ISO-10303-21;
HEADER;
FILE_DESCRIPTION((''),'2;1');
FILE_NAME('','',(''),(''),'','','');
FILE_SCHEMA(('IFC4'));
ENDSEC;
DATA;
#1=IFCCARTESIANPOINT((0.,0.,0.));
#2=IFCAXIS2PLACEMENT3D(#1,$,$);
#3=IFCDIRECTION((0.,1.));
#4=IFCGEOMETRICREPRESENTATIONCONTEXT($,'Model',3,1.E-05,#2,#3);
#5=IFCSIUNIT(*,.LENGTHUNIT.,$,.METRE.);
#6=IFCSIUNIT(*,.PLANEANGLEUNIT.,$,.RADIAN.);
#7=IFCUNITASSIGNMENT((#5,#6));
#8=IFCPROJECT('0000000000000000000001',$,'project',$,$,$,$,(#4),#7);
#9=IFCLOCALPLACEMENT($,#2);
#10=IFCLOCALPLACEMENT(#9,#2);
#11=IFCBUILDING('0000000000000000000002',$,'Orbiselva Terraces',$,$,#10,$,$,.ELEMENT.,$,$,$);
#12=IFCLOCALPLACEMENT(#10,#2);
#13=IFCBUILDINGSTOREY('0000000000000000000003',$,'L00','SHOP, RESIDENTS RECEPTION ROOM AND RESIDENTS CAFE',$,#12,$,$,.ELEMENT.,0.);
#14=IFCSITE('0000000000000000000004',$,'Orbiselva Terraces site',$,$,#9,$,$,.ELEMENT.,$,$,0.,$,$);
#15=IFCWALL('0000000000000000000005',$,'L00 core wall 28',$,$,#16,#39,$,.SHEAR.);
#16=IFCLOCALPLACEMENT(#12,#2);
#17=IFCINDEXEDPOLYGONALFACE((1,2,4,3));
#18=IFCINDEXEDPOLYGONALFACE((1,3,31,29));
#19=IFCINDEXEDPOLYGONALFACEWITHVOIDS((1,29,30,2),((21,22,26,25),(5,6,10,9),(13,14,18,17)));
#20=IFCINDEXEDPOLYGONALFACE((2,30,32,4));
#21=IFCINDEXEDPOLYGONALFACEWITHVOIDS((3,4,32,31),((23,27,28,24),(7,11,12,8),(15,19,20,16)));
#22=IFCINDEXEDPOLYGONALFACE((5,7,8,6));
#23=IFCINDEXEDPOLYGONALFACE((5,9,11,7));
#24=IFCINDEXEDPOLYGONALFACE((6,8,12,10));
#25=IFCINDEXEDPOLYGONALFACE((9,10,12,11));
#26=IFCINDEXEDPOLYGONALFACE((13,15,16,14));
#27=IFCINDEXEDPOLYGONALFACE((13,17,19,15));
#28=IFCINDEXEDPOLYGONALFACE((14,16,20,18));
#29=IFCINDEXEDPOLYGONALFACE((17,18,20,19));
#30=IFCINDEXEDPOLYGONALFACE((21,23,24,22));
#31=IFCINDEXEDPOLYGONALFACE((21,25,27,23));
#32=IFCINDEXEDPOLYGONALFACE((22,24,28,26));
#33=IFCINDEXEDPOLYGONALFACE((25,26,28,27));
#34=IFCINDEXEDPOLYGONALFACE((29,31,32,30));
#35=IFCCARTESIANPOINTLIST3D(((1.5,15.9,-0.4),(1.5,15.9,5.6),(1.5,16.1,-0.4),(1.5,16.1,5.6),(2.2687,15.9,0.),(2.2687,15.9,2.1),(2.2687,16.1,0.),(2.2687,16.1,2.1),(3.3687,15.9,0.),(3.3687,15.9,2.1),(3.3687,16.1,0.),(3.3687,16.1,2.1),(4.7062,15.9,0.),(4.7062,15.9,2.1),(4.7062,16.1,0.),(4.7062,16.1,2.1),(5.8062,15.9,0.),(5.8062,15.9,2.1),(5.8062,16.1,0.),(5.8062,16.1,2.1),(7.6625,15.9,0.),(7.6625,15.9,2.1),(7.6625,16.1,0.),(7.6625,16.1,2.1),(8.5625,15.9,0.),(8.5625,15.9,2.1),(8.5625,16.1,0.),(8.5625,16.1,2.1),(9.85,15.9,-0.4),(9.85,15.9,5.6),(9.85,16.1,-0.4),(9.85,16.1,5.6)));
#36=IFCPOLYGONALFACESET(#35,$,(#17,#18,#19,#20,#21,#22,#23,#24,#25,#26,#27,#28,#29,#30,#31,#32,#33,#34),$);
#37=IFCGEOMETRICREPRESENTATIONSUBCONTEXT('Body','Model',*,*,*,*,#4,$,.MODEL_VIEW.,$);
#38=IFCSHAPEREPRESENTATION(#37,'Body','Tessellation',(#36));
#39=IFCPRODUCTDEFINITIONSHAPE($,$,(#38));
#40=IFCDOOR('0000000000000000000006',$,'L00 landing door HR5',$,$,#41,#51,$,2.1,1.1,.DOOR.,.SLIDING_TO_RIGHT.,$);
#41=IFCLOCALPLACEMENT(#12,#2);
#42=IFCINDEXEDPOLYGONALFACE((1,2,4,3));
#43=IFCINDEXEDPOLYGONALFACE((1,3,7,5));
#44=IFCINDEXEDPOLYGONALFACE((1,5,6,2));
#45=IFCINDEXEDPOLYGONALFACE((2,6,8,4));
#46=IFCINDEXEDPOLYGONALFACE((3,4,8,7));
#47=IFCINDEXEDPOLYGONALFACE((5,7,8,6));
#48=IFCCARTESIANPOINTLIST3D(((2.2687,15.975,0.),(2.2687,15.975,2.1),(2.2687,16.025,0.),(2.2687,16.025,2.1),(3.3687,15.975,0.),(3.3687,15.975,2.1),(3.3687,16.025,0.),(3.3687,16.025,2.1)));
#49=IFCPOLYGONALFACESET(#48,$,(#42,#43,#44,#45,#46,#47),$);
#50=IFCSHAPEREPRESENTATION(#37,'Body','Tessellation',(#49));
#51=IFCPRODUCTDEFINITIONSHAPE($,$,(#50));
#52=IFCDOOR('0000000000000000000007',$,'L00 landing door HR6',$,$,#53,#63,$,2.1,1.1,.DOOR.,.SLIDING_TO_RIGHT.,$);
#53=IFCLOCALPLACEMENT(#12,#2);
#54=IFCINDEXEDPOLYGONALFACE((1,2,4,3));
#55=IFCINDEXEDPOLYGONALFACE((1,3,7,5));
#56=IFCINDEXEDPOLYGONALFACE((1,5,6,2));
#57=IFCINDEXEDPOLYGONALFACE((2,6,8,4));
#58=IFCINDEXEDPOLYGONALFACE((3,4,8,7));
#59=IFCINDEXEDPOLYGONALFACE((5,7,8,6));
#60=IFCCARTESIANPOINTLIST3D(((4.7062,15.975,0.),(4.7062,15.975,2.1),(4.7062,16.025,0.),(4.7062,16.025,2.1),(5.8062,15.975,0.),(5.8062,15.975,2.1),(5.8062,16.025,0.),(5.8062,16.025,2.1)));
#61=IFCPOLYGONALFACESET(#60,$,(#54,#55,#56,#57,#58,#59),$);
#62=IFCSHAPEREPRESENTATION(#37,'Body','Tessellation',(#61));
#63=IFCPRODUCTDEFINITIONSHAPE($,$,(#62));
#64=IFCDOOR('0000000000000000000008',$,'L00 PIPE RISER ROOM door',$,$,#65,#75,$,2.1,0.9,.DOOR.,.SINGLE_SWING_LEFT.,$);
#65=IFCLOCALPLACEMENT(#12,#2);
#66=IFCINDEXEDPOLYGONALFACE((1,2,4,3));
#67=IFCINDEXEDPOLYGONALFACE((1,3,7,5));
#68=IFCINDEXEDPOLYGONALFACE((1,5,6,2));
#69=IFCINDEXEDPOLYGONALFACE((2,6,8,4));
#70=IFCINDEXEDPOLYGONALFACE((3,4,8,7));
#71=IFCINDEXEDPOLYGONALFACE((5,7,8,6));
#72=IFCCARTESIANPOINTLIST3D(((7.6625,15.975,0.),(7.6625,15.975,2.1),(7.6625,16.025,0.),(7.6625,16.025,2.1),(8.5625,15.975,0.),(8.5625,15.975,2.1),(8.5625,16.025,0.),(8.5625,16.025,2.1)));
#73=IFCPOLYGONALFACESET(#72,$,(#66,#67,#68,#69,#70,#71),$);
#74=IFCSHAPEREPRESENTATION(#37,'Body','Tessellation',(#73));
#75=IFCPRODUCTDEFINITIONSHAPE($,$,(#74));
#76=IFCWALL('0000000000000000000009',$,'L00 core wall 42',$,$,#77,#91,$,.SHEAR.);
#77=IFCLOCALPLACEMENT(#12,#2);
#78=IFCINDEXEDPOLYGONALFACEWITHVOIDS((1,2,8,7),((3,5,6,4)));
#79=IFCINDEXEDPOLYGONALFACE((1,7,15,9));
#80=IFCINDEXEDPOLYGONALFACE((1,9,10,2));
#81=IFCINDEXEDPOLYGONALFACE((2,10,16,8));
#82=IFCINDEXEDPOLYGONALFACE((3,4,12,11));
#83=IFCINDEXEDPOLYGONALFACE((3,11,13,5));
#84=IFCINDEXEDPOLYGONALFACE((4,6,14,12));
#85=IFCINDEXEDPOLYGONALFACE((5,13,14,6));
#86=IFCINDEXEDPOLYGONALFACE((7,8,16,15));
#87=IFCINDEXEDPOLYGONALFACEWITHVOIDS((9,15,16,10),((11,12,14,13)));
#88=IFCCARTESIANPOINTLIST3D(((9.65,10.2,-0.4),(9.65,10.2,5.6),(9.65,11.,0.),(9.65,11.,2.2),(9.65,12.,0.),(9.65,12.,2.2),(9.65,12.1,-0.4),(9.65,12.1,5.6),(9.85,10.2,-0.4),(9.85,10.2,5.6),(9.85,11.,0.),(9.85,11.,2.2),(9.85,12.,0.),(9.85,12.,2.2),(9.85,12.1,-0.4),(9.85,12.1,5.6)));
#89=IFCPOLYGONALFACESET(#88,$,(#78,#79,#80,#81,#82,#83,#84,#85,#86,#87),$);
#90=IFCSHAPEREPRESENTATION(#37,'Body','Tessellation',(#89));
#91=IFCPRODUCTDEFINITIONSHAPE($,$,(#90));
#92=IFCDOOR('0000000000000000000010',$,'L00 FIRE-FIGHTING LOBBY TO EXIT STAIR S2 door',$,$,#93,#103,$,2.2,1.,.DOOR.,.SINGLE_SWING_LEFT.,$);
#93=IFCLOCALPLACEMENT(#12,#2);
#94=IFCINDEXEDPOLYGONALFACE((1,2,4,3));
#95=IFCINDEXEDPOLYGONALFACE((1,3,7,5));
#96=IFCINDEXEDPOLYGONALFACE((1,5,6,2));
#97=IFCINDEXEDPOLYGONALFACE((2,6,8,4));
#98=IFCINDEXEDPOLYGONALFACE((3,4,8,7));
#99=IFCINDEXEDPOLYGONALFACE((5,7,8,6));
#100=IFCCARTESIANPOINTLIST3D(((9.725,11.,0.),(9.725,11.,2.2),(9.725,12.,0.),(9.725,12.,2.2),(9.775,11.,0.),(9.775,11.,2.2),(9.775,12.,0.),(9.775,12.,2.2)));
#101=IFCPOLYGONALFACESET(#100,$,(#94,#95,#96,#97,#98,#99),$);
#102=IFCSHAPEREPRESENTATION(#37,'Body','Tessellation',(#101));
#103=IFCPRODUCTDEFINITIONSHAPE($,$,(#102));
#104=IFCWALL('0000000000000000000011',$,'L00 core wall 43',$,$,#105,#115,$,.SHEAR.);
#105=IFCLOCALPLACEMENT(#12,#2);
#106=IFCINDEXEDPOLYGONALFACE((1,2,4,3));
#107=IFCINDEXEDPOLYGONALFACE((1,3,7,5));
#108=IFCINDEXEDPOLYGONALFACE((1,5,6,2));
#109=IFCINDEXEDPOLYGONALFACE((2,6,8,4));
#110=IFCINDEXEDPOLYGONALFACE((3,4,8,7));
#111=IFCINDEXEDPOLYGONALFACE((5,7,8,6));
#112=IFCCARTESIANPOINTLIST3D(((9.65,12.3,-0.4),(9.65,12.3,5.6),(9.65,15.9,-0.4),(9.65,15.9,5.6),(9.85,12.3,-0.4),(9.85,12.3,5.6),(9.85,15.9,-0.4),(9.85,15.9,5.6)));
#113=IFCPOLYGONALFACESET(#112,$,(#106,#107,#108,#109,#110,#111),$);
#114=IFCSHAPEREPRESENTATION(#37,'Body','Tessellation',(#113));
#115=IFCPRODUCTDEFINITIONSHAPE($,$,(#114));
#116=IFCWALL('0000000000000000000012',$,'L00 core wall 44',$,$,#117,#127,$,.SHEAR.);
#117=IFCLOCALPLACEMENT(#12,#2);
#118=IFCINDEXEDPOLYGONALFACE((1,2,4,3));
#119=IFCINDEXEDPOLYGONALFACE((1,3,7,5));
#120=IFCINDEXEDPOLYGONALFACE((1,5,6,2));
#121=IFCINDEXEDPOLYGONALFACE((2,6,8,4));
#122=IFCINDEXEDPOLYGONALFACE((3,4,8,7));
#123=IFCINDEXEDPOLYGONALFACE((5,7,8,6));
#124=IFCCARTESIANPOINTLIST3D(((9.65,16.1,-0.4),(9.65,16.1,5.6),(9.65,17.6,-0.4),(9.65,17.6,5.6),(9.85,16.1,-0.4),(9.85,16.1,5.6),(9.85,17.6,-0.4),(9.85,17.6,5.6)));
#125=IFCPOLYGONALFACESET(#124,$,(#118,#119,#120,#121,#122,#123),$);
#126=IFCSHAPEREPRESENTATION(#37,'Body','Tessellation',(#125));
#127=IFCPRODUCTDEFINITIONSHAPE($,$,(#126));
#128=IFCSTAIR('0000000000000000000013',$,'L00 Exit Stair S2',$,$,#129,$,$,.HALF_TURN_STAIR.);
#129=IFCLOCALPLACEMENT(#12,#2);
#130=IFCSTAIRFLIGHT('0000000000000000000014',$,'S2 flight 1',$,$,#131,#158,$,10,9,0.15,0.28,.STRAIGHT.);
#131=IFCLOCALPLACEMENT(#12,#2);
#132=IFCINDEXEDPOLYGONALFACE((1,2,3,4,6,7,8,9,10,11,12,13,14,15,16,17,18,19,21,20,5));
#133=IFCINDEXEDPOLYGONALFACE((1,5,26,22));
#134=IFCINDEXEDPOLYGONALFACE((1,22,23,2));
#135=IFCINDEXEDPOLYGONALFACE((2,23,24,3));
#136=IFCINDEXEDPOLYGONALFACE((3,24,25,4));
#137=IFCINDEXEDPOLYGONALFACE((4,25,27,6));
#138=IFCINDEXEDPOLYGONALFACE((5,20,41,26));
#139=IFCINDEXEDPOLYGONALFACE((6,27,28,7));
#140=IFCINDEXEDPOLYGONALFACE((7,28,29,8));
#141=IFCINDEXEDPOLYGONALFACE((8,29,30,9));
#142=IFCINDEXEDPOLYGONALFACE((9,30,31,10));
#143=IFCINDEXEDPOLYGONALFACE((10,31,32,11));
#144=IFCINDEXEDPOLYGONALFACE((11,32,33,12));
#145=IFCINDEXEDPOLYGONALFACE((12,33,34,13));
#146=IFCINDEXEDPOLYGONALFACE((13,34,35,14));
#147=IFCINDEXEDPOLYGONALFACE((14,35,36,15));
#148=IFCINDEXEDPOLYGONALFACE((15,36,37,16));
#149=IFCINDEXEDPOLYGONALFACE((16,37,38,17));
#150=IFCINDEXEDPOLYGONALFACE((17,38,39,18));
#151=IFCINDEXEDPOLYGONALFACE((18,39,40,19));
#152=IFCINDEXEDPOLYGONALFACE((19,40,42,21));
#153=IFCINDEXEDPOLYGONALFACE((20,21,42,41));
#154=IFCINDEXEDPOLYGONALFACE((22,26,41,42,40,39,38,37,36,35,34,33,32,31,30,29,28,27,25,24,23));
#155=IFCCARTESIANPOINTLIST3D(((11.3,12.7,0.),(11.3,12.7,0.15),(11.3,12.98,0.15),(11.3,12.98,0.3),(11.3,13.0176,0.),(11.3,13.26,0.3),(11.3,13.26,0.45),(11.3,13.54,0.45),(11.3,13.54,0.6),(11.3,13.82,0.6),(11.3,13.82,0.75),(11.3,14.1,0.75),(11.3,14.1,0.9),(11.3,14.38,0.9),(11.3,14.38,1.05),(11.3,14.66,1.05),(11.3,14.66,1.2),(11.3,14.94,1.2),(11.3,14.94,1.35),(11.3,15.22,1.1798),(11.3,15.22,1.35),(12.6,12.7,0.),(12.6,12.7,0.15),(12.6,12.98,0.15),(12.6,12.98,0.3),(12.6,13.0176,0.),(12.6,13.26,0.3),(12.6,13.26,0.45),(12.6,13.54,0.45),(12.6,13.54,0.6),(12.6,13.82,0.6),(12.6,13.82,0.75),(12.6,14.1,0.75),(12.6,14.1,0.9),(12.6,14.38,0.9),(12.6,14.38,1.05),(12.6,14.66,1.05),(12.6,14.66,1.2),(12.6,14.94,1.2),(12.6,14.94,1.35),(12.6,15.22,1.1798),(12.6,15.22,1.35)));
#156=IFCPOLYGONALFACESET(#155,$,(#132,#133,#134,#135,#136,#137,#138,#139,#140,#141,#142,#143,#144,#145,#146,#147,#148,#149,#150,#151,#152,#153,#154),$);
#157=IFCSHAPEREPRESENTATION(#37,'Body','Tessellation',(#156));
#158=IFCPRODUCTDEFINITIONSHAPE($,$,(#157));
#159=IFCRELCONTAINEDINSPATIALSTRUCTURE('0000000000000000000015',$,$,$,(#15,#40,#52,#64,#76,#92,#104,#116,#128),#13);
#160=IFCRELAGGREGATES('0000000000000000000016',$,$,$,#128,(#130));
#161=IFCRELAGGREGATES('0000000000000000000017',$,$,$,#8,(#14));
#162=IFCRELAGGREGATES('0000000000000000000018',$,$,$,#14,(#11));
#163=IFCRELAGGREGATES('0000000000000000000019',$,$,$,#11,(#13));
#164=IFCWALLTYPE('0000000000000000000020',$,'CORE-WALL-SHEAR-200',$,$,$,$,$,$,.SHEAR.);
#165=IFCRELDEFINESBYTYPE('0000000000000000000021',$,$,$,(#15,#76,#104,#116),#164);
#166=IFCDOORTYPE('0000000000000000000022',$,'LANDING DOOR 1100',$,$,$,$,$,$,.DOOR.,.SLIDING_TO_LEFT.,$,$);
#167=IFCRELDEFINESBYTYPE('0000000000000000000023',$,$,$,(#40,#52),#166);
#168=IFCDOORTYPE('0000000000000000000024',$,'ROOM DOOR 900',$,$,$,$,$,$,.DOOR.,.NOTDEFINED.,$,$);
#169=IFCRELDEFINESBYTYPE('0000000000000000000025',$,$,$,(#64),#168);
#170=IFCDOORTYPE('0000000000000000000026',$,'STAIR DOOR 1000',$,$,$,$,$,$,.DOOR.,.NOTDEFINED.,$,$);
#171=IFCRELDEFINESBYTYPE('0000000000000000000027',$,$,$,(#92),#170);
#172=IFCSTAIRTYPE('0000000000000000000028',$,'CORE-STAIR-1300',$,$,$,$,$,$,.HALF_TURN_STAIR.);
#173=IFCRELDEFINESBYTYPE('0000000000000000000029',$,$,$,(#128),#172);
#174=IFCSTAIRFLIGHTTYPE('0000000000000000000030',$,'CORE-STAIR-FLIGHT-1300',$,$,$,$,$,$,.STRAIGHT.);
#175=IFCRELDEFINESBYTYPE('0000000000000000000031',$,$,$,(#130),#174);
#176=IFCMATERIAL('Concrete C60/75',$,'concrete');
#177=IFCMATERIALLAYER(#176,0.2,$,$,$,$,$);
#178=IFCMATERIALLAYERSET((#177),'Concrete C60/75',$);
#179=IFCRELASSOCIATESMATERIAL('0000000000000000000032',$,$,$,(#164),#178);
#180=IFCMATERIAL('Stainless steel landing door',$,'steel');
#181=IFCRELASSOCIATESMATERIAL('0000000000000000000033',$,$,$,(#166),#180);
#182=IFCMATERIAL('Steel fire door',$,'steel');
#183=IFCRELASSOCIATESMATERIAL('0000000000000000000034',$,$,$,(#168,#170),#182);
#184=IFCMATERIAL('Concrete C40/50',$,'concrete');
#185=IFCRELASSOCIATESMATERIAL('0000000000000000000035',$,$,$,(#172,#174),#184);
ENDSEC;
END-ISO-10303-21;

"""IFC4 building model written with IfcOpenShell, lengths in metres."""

from ifc_helpers import new_model, si_unit, direction, frame, frame_2d, origin, place, context, subcontext, project, spatial, polyline, rectangle, outline, extrude, material, layer, layer_set, type_object, element, fill, aggregate, save


model = new_model("IFC4")

# Units and contexts
model_context = context("Model", 3, precision=1e-05, world=origin(), true_north=direction((0.0, 1.0)))
body_context = subcontext(model_context, "Body", "Model", "MODEL_VIEW")
ifc_project = project(units=[si_unit("LENGTHUNIT", "METRE"), si_unit("PLANEANGLEUNIT", "RADIAN")], contexts=[model_context])

# Site, building, storey
site_placement = place(None, origin())
site = spatial("IfcSite", under=ifc_project, at=site_placement, Name="Orbiselva Terraces site", CompositionType="ELEMENT", RefElevation=0.0)
building_placement = place(site_placement, origin())
building = spatial("IfcBuilding", under=site, at=building_placement, Name="Orbiselva Terraces", CompositionType="ELEMENT")
storey_placement = place(building_placement, origin())
storey = spatial("IfcBuildingStorey", under=building, at=storey_placement, Name="L00", Description="SHOP, RESIDENTS RECEPTION ROOM AND RESIDENTS CAFE", CompositionType="ELEMENT", Elevation=0.0)

# Shared definitions
ifc_material_1 = material(Name="Concrete C40/50", Category="concrete")

# Shared definitions
ifc_material_2 = material(Name="Steel fire door", Category="steel")

# Wall, openings, doors
ifc_material_3 = material(Name="Concrete C60/75", Category="concrete")
ifc_layer_1 = layer(ifc_material_3, 0.2)
ifc_layer_set_1 = layer_set([ifc_layer_1], Name="Concrete C60/75")
wall_type_1 = type_object("IfcWallType", Name="CORE-WALL-SHEAR-200", PredefinedType="SHEAR", material=ifc_layer_set_1)
wall_1_placement = place(storey_placement, frame((9.85, 16.0, -0.4), z_axis=(0.0, 0.0, 1.0), x_axis=(-1.0, 0.0, 0.0)))
wall_1 = element("IfcWall", 1, at=wall_1_placement, inside=storey, type_object=wall_type_1, Name="L00 core wall 28", PredefinedType="SHEAR", context=body_context, shape_type="SweptSolid", body=[
    extrude(rectangle(XDim=8.35, YDim=0.2, at=frame_2d((4.175, 0.0))), origin(), (0.0, 0.0, 1.0), 6.0),
])
opening_1_placement = place(wall_1_placement, frame((6.4813, 0.0, 0.4)))
opening_1 = element("IfcOpeningElement", 2, at=opening_1_placement, cuts=wall_1, PredefinedType="OPENING", context=body_context, shape_type="SweptSolid", body=[
    extrude(rectangle(XDim=1.1, YDim=2.1, at=frame_2d((0.55, 1.05))), frame((0.0, 0.11, 0.0), z_axis=(0.0, -1.0, 0.0), x_axis=(1.0, 0.0, 0.0)), (0.0, 0.0, 1.0), 0.22),
])
opening_2_placement = place(wall_1_placement, frame((4.0438, 0.0, 0.4)))
opening_2 = element("IfcOpeningElement", 3, at=opening_2_placement, cuts=wall_1, PredefinedType="OPENING", context=body_context, shape_type="SweptSolid", body=[
    extrude(rectangle(XDim=1.1, YDim=2.1, at=frame_2d((0.55, 1.05))), frame((0.0, 0.11, 0.0), z_axis=(0.0, -1.0, 0.0), x_axis=(1.0, 0.0, 0.0)), (0.0, 0.0, 1.0), 0.22),
])
opening_3_placement = place(wall_1_placement, frame((1.2875, 0.0, 0.4)))
opening_3 = element("IfcOpeningElement", 4, at=opening_3_placement, cuts=wall_1, PredefinedType="OPENING", context=body_context, shape_type="SweptSolid", body=[
    extrude(rectangle(XDim=0.9, YDim=2.1, at=frame_2d((0.45, 1.05))), frame((0.0, 0.11, 0.0), z_axis=(0.0, -1.0, 0.0), x_axis=(1.0, 0.0, 0.0)), (0.0, 0.0, 1.0), 0.22),
])
ifc_material_4 = material(Name="Stainless steel landing door", Category="steel")
door_type_1 = type_object("IfcDoorType", Name="LANDING DOOR 1100", OperationType="SLIDING_TO_LEFT", PredefinedType="DOOR", material=ifc_material_4)
door_1_placement = place(opening_1_placement, origin())
door_1 = element("IfcDoor", 5, at=door_1_placement, inside=storey, type_object=door_type_1, Name="L00 landing door HR5", OperationType="SLIDING_TO_RIGHT", OverallHeight=2.1, OverallWidth=1.1, PredefinedType="DOOR", context=body_context, shape_type="SweptSolid", body=[
    extrude(rectangle(XDim=1.1, YDim=2.1, at=frame_2d((0.55, 1.05))), frame((0.0, 0.025, 0.0), z_axis=(0.0, -1.0, 0.0), x_axis=(1.0, 0.0, 0.0)), (0.0, 0.0, 1.0), 0.05),
])
fill(opening_1, door_1)
door_2_placement = place(opening_2_placement, origin())
door_2 = element("IfcDoor", 6, at=door_2_placement, inside=storey, type_object=door_type_1, Name="L00 landing door HR6", OperationType="SLIDING_TO_RIGHT", OverallHeight=2.1, OverallWidth=1.1, PredefinedType="DOOR", context=body_context, shape_type="SweptSolid", body=[
    extrude(rectangle(XDim=1.1, YDim=2.1, at=frame_2d((0.55, 1.05))), frame((0.0, 0.025, 0.0), z_axis=(0.0, -1.0, 0.0), x_axis=(1.0, 0.0, 0.0)), (0.0, 0.0, 1.0), 0.05),
])
fill(opening_2, door_2)
door_type_2 = type_object("IfcDoorType", Name="ROOM DOOR 900", OperationType="NOTDEFINED", PredefinedType="DOOR", material=ifc_material_2)
door_3_placement = place(opening_3_placement, origin())
door_3 = element("IfcDoor", 7, at=door_3_placement, inside=storey, type_object=door_type_2, Name="L00 PIPE RISER ROOM door", OperationType="SINGLE_SWING_LEFT", OverallHeight=2.1, OverallWidth=0.9, PredefinedType="DOOR", context=body_context, shape_type="SweptSolid", body=[
    extrude(rectangle(XDim=0.9, YDim=2.1, at=frame_2d((0.45, 1.05))), frame((0.0, 0.025, 0.0), z_axis=(0.0, -1.0, 0.0), x_axis=(1.0, 0.0, 0.0)), (0.0, 0.0, 1.0), 0.05),
])
fill(opening_3, door_3)

# Wall, opening, door
wall_2_placement = place(storey_placement, frame((9.75, 12.1, -0.4), z_axis=(0.0, 0.0, 1.0), x_axis=(0.0, -1.0, 0.0)))
wall_2 = element("IfcWall", 8, at=wall_2_placement, inside=storey, type_object=wall_type_1, Name="L00 core wall 42", PredefinedType="SHEAR", context=body_context, shape_type="SweptSolid", body=[
    extrude(rectangle(XDim=1.9, YDim=0.2, at=frame_2d((0.95, 0.0))), origin(), (0.0, 0.0, 1.0), 6.0),
])
opening_4_placement = place(wall_2_placement, frame((0.1, 0.0, 0.4)))
opening_4 = element("IfcOpeningElement", 9, at=opening_4_placement, cuts=wall_2, PredefinedType="OPENING", context=body_context, shape_type="SweptSolid", body=[
    extrude(rectangle(XDim=1.0, YDim=2.2, at=frame_2d((0.5, 1.1))), frame((0.0, 0.11, 0.0), z_axis=(0.0, -1.0, 0.0), x_axis=(1.0, 0.0, 0.0)), (0.0, 0.0, 1.0), 0.22),
])
door_type_3 = type_object("IfcDoorType", Name="STAIR DOOR 1000", OperationType="NOTDEFINED", PredefinedType="DOOR", material=ifc_material_2)
door_4_placement = place(opening_4_placement, origin())
door_4 = element("IfcDoor", 10, at=door_4_placement, inside=storey, type_object=door_type_3, Name="L00 FIRE-FIGHTING LOBBY TO EXIT STAIR S2 door", OperationType="SINGLE_SWING_LEFT", OverallHeight=2.2, OverallWidth=1.0, PredefinedType="DOOR", context=body_context, shape_type="SweptSolid", body=[
    extrude(rectangle(XDim=1.0, YDim=2.2, at=frame_2d((0.5, 1.1))), frame((0.0, 0.025, 0.0), z_axis=(0.0, -1.0, 0.0), x_axis=(1.0, 0.0, 0.0)), (0.0, 0.0, 1.0), 0.05),
])
fill(opening_4, door_4)

# Walls
wall_3_placement = place(storey_placement, frame((9.75, 12.3, -0.4), z_axis=(0.0, 0.0, 1.0), x_axis=(0.0, 1.0, 0.0)))
element("IfcWall", 11, at=wall_3_placement, inside=storey, type_object=wall_type_1, Name="L00 core wall 43", PredefinedType="SHEAR", context=body_context, shape_type="SweptSolid", body=[
    extrude(rectangle(XDim=3.6, YDim=0.2, at=frame_2d((1.8, 0.0))), origin(), (0.0, 0.0, 1.0), 6.0),
])
wall_4_placement = place(storey_placement, frame((9.75, 16.1, -0.4), z_axis=(0.0, 0.0, 1.0), x_axis=(0.0, 1.0, 0.0)))
element("IfcWall", 12, at=wall_4_placement, inside=storey, type_object=wall_type_1, Name="L00 core wall 44", PredefinedType="SHEAR", context=body_context, shape_type="SweptSolid", body=[
    extrude(rectangle(XDim=1.5, YDim=0.2, at=frame_2d((0.75, 0.0))), origin(), (0.0, 0.0, 1.0), 6.0),
])

# Stair, stair flight
stair_type = type_object("IfcStairType", Name="CORE-STAIR-1300", PredefinedType="HALF_TURN_STAIR", material=ifc_material_1)
stair_placement = place(storey_placement, origin())
stair = element("IfcStair", 13, at=stair_placement, inside=storey, type_object=stair_type, Name="L00 Exit Stair S2", PredefinedType="HALF_TURN_STAIR")
stair_flight_type = type_object("IfcStairFlightType", Name="CORE-STAIR-FLIGHT-1300", PredefinedType="STRAIGHT", material=ifc_material_1)
stair_flight_1_placement = place(storey_placement, frame((11.95, 12.7, 0.0), z_axis=(0.0, 0.0, 1.0), x_axis=(0.0, 1.0, 0.0)))
stair_flight_1 = element("IfcStairFlight", 14, at=stair_flight_1_placement, type_object=stair_flight_type, Name="S2 flight 1", NumberOfRisers=10, NumberOfTreads=9, PredefinedType="STRAIGHT", RiserHeight=0.15, TreadLength=0.28, context=body_context, shape_type="SweptSolid", body=[
    extrude(outline(polyline([(0.0, 0.0), (0.0, 0.15), (0.28, 0.15), (0.28, 0.3), (0.56, 0.3), (0.56, 0.45), (0.84, 0.45), (0.84, 0.6), (1.12, 0.6), (1.12, 0.75), (1.4, 0.75), (1.4, 0.9), (1.68, 0.9), (1.68, 1.05), (1.96, 1.05), (1.96, 1.2), (2.24, 1.2), (2.24, 1.35), (2.52, 1.35), (2.52, 1.5), (2.52, 1.1798), (0.3176, 0.0), (0.0, 0.0)])), frame((0.0, 0.65, 0.0), z_axis=(0.0, -1.0, 0.0), x_axis=(1.0, 0.0, 0.0)), (0.0, 0.0, 1.0), 1.3),
])
aggregate(stair, [stair_flight_1])

save(model, "model.ifc")
